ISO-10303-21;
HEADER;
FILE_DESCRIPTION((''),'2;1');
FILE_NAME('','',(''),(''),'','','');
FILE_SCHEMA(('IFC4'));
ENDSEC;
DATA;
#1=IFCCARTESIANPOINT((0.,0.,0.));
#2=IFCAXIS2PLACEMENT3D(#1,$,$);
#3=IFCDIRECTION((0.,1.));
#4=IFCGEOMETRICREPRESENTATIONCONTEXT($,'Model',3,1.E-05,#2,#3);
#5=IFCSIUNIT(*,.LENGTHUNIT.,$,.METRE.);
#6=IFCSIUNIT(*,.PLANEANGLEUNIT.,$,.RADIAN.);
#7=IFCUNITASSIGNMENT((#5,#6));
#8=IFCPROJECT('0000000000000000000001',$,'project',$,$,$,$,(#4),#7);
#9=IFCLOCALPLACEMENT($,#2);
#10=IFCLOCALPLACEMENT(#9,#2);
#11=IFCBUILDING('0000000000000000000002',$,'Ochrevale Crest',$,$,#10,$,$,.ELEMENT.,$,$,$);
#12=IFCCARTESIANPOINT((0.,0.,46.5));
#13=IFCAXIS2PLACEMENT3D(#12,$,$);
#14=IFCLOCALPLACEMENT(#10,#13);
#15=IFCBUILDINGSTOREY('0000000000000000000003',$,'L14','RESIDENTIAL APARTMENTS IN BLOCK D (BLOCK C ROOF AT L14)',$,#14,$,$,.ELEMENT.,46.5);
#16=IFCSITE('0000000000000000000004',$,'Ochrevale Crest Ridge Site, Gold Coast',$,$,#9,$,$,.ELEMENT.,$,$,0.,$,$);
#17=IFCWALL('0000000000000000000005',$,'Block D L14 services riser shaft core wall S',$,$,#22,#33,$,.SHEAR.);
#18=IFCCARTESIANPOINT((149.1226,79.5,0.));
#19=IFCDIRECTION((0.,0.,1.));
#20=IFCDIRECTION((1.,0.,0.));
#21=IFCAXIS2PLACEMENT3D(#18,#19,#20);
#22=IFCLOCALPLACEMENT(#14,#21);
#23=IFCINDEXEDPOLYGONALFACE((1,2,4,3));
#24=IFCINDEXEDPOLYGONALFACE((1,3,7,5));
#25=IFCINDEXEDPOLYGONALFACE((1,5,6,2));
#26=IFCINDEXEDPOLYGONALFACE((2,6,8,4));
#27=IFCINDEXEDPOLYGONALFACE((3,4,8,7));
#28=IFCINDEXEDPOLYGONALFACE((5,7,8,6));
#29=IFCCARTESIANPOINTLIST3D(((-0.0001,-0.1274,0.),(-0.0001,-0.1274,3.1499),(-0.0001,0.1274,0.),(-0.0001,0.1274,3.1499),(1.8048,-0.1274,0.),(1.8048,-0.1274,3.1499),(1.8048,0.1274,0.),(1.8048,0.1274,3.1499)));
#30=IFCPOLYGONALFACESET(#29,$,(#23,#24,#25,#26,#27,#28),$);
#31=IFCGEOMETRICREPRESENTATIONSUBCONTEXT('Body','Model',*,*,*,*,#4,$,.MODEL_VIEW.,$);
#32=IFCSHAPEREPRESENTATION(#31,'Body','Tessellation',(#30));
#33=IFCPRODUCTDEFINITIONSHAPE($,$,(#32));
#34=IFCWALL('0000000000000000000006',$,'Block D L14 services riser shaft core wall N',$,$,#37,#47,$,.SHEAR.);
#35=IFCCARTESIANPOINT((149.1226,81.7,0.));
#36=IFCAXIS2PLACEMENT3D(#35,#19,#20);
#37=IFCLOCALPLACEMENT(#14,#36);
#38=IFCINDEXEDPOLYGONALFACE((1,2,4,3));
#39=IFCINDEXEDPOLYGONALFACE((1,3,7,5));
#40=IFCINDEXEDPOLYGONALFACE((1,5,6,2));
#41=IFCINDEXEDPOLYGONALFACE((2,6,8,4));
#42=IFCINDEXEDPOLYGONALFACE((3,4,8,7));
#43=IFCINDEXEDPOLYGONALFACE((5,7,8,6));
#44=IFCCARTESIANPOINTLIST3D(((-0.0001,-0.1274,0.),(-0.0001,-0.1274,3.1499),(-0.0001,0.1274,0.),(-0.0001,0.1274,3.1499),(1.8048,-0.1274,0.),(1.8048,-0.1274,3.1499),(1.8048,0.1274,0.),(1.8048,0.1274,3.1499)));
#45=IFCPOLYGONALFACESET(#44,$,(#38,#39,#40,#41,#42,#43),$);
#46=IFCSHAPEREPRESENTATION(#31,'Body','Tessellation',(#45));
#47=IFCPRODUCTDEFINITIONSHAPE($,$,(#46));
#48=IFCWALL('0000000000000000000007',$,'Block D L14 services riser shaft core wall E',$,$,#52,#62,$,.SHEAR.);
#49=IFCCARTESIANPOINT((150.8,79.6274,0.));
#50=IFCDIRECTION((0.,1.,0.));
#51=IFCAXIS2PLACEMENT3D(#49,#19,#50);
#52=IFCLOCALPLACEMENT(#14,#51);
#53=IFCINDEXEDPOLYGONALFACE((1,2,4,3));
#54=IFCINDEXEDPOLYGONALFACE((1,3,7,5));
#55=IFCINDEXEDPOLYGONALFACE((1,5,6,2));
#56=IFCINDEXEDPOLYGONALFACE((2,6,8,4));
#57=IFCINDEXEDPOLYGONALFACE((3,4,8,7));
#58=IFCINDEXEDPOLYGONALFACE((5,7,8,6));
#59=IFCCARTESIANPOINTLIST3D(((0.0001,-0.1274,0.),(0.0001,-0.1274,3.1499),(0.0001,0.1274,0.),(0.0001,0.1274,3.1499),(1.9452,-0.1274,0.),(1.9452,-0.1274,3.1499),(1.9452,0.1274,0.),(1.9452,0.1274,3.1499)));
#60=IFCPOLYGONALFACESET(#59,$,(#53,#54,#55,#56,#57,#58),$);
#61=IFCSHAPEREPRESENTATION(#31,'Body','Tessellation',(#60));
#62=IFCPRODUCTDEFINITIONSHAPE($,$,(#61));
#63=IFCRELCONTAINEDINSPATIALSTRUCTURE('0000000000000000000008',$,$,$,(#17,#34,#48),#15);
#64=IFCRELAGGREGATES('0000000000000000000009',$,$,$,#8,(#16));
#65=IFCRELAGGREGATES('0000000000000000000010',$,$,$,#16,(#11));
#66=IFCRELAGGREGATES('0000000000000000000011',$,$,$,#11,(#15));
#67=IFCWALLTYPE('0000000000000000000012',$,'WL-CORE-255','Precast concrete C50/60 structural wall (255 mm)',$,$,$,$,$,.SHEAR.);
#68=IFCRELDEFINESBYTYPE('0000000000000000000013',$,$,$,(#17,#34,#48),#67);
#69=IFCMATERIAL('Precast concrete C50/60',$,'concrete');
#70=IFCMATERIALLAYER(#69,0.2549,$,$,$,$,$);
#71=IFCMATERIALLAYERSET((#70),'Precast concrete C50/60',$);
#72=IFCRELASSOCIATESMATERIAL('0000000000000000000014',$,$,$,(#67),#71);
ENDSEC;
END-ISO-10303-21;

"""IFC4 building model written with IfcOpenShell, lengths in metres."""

from ifc_helpers import new_model, si_unit, direction, frame, frame_2d, origin, place, context, subcontext, project, spatial, rectangle, extrude, material, layer, layer_set, type_object, element, save


model = new_model("IFC4")

# Units and contexts
model_context = context("Model", 3, precision=1e-05, world=origin(), true_north=direction((0.0, 1.0)))
body_context = subcontext(model_context, "Body", "Model", "MODEL_VIEW")
ifc_project = project(units=[si_unit("LENGTHUNIT", "METRE"), si_unit("PLANEANGLEUNIT", "RADIAN")], contexts=[model_context])

# Site, building, storey
site_placement = place(None, origin())
site = spatial("IfcSite", under=ifc_project, at=site_placement, Name="Ochrevale Crest Ridge Site, Gold Coast", CompositionType="ELEMENT", RefElevation=0.0)
building_placement = place(site_placement, origin())
building = spatial("IfcBuilding", under=site, at=building_placement, Name="Ochrevale Crest", CompositionType="ELEMENT")
storey_placement = place(building_placement, frame((0.0, 0.0, 46.5)))
storey = spatial("IfcBuildingStorey", under=building, at=storey_placement, Name="L14", Description="RESIDENTIAL APARTMENTS IN BLOCK D (BLOCK C ROOF AT L14)", CompositionType="ELEMENT", Elevation=46.5)

# Shared definitions
ifc_material_1 = material(Name="Precast concrete C50/60", Category="concrete")

# Shared definitions
ifc_layer_1 = layer(ifc_material_1, 0.2549)
ifc_layer_set_1 = layer_set([ifc_layer_1], Name="Precast concrete C50/60")
wall_type_1 = type_object("IfcWallType", Name="WL-CORE-255", Description="Precast concrete C50/60 structural wall (255 mm)", PredefinedType="SHEAR", material=ifc_layer_set_1)

# Walls
for number, where, z_axis, x_axis, name in (
    (1, (149.1226, 79.5, 0.0), (0.0, 0.0, 1.0), (1.0, 0.0, 0.0), "Block D L14 services riser shaft core wall S"),
    (2, (149.1226, 81.7, 0.0), (0.0, 0.0, 1.0), (1.0, 0.0, 0.0), "Block D L14 services riser shaft core wall N"),
):
    element("IfcWall", number, at=place(storey_placement, frame(where, z_axis=z_axis, x_axis=x_axis)), inside=storey, type_object=wall_type_1, Name=name, PredefinedType="SHEAR", context=body_context, shape_type="SweptSolid", body=[
        extrude(rectangle(XDim=1.8049, YDim=0.2549, at=frame_2d((0.9023, 0.0))), origin(), (0.0, 0.0, 1.0), 3.1499),
    ])
wall_1_placement = place(storey_placement, frame((150.8, 79.6274, 0.0), z_axis=(0.0, 0.0, 1.0), x_axis=(0.0, 1.0, 0.0)))
element("IfcWall", 3, at=wall_1_placement, inside=storey, type_object=wall_type_1, Name="Block D L14 services riser shaft core wall E", PredefinedType="SHEAR", context=body_context, shape_type="SweptSolid", body=[
    extrude(rectangle(XDim=1.9451, YDim=0.2549, at=frame_2d((0.9727, 0.0))), origin(), (0.0, 0.0, 1.0), 3.1499),
])

save(model, "model.ifc")
